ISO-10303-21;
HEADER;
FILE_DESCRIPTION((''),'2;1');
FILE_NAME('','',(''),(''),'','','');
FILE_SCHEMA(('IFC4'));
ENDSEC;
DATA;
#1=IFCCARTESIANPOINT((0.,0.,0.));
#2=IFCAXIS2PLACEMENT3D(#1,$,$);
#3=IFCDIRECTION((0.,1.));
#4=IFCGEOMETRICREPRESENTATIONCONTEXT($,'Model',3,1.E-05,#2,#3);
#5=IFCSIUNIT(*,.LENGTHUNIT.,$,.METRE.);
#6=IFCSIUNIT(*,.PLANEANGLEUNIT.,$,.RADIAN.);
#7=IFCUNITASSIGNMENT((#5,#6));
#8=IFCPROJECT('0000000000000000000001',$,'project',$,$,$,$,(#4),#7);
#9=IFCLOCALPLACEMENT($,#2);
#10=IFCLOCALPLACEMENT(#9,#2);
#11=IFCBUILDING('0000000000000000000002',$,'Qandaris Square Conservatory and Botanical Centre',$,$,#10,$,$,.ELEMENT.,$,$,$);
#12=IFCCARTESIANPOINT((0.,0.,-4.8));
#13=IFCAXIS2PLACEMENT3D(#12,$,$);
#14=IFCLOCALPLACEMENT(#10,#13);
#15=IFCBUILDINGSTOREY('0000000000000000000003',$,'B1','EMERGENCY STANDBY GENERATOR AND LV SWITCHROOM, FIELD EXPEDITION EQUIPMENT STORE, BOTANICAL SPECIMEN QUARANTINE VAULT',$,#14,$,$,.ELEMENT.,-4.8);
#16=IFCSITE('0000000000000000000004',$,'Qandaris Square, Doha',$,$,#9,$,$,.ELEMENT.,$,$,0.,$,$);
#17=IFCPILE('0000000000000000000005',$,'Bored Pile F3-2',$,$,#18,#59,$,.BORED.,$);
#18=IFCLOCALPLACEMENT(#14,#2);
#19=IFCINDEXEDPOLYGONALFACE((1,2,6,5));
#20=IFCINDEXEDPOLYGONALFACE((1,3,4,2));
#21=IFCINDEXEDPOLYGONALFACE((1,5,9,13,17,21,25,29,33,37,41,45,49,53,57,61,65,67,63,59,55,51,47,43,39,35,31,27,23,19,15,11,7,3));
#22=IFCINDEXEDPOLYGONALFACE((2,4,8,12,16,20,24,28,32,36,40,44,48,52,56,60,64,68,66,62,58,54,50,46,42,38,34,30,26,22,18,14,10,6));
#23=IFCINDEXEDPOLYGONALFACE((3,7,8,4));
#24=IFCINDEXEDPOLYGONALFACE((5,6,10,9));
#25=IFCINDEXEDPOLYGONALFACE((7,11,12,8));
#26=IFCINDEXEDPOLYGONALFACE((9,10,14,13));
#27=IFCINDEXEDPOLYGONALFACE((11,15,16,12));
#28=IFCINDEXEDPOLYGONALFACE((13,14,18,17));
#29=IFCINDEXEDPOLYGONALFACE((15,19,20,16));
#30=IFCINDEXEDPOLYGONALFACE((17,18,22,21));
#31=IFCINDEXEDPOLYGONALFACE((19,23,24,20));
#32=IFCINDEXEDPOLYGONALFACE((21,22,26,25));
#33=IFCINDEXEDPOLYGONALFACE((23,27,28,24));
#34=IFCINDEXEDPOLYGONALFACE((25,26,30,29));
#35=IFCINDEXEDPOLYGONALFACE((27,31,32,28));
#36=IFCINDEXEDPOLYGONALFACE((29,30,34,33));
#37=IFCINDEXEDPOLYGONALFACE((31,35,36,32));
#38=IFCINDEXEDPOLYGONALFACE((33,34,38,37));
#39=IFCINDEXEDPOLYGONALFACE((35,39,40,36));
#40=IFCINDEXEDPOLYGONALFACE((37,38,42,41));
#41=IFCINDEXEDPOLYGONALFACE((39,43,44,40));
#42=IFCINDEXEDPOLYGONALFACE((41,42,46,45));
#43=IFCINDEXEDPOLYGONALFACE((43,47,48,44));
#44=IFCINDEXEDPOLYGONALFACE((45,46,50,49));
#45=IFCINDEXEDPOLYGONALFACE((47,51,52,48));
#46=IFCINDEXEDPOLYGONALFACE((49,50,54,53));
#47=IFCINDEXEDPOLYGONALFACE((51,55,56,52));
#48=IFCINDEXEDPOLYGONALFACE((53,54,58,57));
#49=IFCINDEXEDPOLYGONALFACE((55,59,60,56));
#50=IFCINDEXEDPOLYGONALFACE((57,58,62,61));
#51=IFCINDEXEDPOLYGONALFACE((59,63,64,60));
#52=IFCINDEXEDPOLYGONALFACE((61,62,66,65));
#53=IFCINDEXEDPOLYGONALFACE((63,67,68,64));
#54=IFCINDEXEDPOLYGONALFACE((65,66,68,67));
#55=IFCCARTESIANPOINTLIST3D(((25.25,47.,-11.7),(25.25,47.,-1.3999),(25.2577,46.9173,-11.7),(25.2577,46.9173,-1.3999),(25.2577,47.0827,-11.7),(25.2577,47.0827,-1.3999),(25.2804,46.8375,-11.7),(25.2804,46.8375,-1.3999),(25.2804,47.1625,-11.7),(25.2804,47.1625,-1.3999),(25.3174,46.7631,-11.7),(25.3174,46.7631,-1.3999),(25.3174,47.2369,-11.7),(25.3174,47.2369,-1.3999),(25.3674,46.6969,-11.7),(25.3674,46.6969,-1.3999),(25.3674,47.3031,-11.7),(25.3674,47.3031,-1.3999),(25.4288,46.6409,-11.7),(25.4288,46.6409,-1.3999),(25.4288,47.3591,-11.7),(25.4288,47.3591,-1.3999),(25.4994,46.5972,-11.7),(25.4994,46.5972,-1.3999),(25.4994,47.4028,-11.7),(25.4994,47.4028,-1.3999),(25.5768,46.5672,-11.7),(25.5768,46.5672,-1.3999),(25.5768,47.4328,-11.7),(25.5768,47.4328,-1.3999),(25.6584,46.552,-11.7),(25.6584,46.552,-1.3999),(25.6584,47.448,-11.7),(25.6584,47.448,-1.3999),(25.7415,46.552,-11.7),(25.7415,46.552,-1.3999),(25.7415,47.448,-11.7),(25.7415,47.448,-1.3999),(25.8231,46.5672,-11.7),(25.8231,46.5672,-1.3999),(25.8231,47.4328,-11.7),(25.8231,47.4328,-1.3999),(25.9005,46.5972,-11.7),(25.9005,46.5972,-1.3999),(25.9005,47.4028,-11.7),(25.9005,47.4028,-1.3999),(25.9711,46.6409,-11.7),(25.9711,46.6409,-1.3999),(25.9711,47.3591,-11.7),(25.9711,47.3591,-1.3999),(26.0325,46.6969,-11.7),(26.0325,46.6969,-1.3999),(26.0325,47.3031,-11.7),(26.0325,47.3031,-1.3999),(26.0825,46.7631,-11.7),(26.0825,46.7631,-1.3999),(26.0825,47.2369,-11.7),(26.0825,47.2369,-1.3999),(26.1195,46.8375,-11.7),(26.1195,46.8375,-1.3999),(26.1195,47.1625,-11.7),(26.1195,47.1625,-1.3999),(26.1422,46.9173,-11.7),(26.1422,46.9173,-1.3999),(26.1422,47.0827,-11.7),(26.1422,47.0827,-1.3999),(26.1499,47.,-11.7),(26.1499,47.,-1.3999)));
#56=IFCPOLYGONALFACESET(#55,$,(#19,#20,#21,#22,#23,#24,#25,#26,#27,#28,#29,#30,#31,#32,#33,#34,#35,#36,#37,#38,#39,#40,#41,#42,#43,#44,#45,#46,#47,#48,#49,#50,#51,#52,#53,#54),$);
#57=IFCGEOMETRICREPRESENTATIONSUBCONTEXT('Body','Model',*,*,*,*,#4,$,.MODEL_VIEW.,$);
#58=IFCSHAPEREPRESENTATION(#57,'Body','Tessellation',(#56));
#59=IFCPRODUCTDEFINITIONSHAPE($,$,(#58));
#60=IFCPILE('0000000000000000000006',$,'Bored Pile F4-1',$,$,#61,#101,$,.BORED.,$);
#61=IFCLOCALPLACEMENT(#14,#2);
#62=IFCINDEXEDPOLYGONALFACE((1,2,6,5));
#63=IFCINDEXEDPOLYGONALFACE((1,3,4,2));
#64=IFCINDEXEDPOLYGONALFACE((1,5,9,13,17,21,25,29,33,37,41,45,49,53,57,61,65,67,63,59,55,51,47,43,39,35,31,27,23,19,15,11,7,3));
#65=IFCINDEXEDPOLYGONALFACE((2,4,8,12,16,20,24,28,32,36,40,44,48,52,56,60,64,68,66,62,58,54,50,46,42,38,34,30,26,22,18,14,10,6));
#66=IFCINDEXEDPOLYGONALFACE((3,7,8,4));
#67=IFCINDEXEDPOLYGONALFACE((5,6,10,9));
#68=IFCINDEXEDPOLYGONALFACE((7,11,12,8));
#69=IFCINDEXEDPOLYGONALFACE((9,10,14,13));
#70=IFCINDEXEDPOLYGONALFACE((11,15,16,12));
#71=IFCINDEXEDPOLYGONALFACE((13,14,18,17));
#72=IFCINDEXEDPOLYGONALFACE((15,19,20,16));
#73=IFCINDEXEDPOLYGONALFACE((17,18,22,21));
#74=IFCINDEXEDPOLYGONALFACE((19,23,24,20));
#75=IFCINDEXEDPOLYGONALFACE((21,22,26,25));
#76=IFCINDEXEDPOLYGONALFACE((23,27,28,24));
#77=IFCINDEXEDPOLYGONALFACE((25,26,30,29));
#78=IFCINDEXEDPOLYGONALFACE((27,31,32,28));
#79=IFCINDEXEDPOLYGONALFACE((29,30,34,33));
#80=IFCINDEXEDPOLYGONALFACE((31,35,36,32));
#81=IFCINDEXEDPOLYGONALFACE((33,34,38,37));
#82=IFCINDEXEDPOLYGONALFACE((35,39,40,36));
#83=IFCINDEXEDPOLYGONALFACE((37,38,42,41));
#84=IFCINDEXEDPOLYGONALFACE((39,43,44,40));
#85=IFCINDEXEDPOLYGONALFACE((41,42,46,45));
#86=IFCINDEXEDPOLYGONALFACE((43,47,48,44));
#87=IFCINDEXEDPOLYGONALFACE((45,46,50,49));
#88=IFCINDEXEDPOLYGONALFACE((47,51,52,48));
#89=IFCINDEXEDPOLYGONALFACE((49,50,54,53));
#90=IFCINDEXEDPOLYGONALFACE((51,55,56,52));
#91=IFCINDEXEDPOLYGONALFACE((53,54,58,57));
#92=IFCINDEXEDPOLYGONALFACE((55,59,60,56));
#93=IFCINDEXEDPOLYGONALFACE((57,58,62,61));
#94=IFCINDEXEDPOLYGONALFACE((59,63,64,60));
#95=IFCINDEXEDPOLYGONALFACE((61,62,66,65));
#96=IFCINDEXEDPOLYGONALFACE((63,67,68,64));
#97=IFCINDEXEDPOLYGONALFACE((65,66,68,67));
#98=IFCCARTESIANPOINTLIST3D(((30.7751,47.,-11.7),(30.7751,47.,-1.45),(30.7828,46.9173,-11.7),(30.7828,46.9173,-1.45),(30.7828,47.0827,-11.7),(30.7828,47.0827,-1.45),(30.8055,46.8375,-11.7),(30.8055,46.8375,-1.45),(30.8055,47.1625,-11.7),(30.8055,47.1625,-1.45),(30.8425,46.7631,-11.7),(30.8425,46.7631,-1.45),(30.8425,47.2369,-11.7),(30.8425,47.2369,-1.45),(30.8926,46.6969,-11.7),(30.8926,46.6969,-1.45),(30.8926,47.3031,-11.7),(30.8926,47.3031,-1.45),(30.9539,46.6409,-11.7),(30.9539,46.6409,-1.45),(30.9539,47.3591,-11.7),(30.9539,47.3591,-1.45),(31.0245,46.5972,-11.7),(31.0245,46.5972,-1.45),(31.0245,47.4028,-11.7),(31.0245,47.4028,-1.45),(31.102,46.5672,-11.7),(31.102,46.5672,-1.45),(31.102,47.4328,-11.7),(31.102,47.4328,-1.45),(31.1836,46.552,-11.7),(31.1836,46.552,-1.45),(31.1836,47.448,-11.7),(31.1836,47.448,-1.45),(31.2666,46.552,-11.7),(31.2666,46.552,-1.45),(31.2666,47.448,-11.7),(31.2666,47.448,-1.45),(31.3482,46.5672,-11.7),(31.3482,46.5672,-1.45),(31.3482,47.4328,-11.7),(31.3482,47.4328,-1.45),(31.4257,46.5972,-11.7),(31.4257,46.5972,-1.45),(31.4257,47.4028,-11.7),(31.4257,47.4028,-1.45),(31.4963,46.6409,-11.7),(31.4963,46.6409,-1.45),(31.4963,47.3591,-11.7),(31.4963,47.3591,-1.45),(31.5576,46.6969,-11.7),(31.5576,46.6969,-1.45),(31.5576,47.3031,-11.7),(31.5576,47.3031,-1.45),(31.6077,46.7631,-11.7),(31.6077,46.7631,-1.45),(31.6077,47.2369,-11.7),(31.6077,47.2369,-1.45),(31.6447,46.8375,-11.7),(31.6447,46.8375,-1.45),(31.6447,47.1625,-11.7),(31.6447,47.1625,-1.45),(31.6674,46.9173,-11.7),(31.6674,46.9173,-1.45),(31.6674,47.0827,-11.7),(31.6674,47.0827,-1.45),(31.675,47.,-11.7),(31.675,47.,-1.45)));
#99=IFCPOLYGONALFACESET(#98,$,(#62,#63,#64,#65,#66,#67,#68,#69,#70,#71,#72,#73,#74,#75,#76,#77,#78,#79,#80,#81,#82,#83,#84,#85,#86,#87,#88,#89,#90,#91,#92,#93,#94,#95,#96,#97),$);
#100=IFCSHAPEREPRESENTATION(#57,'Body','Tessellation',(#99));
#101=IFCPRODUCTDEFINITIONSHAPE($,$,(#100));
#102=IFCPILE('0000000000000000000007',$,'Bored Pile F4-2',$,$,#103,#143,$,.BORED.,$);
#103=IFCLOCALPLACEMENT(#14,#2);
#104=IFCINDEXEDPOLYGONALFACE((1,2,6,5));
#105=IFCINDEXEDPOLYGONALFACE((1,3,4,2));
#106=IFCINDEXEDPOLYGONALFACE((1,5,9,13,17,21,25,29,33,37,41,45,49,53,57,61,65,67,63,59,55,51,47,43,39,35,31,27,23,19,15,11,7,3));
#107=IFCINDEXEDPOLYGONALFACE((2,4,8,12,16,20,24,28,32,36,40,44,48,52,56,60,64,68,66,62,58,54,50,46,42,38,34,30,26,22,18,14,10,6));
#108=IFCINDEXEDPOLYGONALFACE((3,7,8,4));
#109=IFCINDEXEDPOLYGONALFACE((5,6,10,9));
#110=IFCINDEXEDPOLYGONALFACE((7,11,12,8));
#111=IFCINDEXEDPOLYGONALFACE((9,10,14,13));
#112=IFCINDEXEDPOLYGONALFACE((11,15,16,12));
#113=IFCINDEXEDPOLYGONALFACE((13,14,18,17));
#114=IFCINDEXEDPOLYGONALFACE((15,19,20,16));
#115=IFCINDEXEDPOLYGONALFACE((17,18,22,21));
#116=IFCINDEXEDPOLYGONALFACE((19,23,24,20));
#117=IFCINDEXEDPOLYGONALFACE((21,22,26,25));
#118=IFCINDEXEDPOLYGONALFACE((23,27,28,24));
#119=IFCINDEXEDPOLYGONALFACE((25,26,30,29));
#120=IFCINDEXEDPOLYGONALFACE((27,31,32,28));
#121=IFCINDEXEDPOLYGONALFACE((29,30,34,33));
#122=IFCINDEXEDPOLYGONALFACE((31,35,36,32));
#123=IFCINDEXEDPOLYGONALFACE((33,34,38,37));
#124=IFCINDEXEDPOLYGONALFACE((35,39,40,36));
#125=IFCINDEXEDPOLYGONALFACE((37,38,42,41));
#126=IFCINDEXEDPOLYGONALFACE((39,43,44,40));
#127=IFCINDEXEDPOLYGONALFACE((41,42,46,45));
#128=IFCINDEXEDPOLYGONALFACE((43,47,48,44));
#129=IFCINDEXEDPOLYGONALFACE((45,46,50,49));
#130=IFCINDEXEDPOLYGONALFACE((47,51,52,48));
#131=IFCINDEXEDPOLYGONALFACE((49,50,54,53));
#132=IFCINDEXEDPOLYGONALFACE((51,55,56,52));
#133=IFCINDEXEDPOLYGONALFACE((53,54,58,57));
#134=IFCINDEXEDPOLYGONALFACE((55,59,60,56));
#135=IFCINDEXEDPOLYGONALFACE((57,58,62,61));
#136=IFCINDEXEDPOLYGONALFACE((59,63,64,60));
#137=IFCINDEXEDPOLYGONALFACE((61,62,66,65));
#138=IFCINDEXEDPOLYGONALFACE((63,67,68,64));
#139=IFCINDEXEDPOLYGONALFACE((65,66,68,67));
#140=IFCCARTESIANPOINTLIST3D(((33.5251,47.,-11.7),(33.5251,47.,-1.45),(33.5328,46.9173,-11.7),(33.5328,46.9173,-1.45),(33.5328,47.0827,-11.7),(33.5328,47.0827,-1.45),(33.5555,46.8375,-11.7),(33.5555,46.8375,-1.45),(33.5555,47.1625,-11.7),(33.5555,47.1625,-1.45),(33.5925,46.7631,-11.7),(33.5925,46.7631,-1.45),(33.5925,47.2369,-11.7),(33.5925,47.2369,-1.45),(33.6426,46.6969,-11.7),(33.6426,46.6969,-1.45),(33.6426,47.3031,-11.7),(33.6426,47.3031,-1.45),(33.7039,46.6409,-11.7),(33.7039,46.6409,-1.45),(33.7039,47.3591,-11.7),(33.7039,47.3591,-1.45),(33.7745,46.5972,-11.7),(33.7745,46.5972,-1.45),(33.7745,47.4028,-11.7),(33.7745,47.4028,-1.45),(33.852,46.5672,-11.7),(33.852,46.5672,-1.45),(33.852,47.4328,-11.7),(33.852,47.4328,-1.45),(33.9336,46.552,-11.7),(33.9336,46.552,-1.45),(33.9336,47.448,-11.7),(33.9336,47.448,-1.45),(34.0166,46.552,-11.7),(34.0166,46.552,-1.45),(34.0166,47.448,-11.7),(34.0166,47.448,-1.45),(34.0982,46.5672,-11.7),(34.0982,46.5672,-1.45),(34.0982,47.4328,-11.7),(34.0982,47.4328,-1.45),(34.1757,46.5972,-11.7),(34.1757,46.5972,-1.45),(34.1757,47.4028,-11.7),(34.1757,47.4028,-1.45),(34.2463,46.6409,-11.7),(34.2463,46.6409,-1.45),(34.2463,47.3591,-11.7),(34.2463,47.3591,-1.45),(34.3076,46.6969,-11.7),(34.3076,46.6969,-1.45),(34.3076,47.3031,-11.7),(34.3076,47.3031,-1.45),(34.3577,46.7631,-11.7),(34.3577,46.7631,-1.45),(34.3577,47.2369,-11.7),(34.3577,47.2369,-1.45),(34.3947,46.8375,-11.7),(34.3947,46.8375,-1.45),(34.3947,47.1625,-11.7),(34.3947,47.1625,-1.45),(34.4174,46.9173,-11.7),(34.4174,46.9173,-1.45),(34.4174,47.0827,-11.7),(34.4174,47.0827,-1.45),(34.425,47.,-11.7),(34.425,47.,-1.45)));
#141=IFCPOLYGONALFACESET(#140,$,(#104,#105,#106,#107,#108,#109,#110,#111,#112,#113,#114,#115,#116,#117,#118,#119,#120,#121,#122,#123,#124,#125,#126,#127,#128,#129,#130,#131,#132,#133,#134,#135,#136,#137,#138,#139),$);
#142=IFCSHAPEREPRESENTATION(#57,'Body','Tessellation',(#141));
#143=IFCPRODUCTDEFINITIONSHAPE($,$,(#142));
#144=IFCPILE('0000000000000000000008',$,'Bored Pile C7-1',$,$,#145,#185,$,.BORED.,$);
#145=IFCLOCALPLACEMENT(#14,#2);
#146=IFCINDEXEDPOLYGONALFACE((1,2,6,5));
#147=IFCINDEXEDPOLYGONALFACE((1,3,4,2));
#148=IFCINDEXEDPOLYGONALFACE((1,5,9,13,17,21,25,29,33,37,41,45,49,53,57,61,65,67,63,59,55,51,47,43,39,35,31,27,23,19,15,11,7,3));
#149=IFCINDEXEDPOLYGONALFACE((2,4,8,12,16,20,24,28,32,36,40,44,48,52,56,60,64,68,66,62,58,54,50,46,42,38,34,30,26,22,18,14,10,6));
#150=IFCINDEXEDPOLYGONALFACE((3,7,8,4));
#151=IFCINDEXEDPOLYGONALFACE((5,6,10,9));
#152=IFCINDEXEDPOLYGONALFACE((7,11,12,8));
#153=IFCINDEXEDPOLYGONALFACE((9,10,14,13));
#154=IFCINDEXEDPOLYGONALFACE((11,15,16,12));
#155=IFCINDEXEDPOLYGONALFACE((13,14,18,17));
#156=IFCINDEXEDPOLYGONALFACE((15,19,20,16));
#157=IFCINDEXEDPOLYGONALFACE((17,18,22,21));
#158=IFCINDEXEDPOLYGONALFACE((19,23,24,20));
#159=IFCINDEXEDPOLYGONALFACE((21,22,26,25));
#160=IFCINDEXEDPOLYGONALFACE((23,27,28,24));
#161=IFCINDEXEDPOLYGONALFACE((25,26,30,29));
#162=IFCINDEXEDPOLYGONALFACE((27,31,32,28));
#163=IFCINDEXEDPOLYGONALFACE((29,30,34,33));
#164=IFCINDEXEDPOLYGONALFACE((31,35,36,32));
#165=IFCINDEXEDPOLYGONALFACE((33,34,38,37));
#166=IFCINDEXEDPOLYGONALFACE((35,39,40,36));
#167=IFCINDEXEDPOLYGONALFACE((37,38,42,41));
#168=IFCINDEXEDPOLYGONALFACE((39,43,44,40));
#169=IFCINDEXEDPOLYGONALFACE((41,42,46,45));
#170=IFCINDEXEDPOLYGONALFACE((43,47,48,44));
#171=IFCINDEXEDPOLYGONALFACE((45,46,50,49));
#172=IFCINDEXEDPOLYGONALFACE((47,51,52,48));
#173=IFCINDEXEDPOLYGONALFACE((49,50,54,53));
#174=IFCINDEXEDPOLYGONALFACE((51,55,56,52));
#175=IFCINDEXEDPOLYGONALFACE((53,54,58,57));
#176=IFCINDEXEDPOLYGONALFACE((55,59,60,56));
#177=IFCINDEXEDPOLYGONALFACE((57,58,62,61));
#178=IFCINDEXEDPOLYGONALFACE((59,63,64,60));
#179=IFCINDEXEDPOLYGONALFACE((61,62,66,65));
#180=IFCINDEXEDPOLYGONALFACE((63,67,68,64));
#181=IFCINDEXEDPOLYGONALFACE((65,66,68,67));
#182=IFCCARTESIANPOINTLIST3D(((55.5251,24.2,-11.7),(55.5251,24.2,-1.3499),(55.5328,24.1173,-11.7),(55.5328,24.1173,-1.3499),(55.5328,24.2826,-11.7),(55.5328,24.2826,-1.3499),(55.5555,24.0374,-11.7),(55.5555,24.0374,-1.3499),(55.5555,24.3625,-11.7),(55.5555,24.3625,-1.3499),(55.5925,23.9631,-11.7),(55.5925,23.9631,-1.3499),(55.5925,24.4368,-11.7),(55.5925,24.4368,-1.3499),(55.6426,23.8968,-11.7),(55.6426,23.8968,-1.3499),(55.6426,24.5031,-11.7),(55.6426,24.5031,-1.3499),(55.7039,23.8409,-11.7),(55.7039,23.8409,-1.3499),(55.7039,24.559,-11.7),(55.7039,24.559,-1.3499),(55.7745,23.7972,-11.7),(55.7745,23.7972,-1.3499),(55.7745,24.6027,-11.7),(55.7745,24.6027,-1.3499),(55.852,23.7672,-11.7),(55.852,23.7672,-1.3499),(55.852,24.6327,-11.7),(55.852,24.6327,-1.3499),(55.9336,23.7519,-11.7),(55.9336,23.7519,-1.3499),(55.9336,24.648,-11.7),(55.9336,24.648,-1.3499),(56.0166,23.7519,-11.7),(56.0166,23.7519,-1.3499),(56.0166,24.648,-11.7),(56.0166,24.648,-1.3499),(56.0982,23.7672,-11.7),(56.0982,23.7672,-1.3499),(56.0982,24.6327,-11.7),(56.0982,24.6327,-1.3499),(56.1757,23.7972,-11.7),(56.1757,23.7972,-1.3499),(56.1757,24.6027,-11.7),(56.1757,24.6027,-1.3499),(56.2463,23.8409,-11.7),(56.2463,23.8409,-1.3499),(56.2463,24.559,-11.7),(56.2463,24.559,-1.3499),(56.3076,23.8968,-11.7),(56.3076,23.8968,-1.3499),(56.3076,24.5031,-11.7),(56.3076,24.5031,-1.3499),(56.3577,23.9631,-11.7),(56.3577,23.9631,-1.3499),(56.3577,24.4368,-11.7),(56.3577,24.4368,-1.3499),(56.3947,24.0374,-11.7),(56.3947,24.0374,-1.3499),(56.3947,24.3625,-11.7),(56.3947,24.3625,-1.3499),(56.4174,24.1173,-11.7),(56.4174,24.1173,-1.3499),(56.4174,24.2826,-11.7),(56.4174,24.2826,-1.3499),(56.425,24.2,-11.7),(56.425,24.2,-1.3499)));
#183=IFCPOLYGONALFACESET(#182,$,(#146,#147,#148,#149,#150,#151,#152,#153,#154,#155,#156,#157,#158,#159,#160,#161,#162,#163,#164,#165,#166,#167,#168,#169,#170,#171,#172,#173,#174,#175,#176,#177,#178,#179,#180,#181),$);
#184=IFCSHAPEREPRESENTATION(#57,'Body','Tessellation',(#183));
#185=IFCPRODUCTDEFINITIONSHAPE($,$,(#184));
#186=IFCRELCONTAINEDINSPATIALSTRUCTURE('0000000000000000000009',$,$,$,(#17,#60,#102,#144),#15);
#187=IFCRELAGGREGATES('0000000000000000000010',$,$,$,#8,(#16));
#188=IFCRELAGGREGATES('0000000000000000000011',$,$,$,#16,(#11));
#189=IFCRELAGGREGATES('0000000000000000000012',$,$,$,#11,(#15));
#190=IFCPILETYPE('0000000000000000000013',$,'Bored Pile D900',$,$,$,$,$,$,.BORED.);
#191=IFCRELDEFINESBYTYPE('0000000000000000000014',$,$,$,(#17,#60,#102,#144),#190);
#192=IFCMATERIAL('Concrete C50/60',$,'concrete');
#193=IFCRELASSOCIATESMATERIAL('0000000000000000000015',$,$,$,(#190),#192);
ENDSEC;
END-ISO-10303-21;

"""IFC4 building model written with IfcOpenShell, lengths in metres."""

from ifc_helpers import new_model, si_unit, direction, frame, origin, origin_2d, place, context, subcontext, project, spatial, circle, extrude, material, material_profile, profile_set, type_object, element, save


model = new_model("IFC4")

# Units and contexts
model_context = context("Model", 3, precision=1e-05, world=origin(), true_north=direction((0.0, 1.0)))
body_context = subcontext(model_context, "Body", "Model", "MODEL_VIEW")
ifc_project = project(units=[si_unit("LENGTHUNIT", "METRE"), si_unit("PLANEANGLEUNIT", "RADIAN")], contexts=[model_context])

# Site, building, storey
site_placement = place(None, origin())
site = spatial("IfcSite", under=ifc_project, at=site_placement, Name="Qandaris Square, Doha", CompositionType="ELEMENT", RefElevation=0.0)
building_placement = place(site_placement, origin())
building = spatial("IfcBuilding", under=site, at=building_placement, Name="Qandaris Square Conservatory and Botanical Centre", CompositionType="ELEMENT")
storey_placement = place(building_placement, frame((0.0, 0.0, -4.8)))
storey = spatial("IfcBuildingStorey", under=building, at=storey_placement, Name="B1", Description="EMERGENCY STANDBY GENERATOR AND LV SWITCHROOM, FIELD EXPEDITION EQUIPMENT STORE, BOTANICAL SPECIMEN QUARANTINE VAULT", CompositionType="ELEMENT", Elevation=-4.8)

# Piles
ifc_material_1 = material(Name="Concrete C50/60", Category="concrete")
ifc_material_profile_1 = material_profile(ifc_material_1, circle(Radius=0.45, at=origin_2d()), Name="PILE D900")
ifc_profile_set_1 = profile_set([ifc_material_profile_1], Name="Concrete C50/60")
pile_type = type_object("IfcPileType", Name="Bored Pile D900", PredefinedType="BORED", material=ifc_profile_set_1)
pile_1_placement = place(storey_placement, frame((25.7, 47.0, -1.3999), z_axis=(0.0, 0.0, -1.0), x_axis=(1.0, 0.0, 0.0)))
element("IfcPile", 1, at=pile_1_placement, inside=storey, type_object=pile_type, Name="Bored Pile F3-2", PredefinedType="BORED", context=body_context, shape_type="SweptSolid", body=[
    extrude(circle(Radius=0.45, at=origin_2d()), origin(), (0.0, 0.0, 1.0), 10.3),
])
for number, where, z_axis, x_axis, name in (
    (2, (31.2251, 47.0, -1.45), (0.0, 0.0, -1.0), (1.0, 0.0, 0.0), "Bored Pile F4-1"),
    (3, (33.9751, 47.0, -1.45), (0.0, 0.0, -1.0), (1.0, 0.0, 0.0), "Bored Pile F4-2"),
):
    element("IfcPile", number, at=place(storey_placement, frame(where, z_axis=z_axis, x_axis=x_axis)), inside=storey, type_object=pile_type, Name=name, PredefinedType="BORED", context=body_context, shape_type="SweptSolid", body=[
        extrude(circle(Radius=0.45, at=origin_2d()), origin(), (0.0, 0.0, 1.0), 10.25),
    ])
pile_2_placement = place(storey_placement, frame((55.9751, 24.2, -1.3499), z_axis=(0.0, 0.0, -1.0), x_axis=(1.0, 0.0, 0.0)))
element("IfcPile", 4, at=pile_2_placement, inside=storey, type_object=pile_type, Name="Bored Pile C7-1", PredefinedType="BORED", context=body_context, shape_type="SweptSolid", body=[
    extrude(circle(Radius=0.45, at=origin_2d()), origin(), (0.0, 0.0, 1.0), 10.3501),
])

save(model, "model.ifc")
